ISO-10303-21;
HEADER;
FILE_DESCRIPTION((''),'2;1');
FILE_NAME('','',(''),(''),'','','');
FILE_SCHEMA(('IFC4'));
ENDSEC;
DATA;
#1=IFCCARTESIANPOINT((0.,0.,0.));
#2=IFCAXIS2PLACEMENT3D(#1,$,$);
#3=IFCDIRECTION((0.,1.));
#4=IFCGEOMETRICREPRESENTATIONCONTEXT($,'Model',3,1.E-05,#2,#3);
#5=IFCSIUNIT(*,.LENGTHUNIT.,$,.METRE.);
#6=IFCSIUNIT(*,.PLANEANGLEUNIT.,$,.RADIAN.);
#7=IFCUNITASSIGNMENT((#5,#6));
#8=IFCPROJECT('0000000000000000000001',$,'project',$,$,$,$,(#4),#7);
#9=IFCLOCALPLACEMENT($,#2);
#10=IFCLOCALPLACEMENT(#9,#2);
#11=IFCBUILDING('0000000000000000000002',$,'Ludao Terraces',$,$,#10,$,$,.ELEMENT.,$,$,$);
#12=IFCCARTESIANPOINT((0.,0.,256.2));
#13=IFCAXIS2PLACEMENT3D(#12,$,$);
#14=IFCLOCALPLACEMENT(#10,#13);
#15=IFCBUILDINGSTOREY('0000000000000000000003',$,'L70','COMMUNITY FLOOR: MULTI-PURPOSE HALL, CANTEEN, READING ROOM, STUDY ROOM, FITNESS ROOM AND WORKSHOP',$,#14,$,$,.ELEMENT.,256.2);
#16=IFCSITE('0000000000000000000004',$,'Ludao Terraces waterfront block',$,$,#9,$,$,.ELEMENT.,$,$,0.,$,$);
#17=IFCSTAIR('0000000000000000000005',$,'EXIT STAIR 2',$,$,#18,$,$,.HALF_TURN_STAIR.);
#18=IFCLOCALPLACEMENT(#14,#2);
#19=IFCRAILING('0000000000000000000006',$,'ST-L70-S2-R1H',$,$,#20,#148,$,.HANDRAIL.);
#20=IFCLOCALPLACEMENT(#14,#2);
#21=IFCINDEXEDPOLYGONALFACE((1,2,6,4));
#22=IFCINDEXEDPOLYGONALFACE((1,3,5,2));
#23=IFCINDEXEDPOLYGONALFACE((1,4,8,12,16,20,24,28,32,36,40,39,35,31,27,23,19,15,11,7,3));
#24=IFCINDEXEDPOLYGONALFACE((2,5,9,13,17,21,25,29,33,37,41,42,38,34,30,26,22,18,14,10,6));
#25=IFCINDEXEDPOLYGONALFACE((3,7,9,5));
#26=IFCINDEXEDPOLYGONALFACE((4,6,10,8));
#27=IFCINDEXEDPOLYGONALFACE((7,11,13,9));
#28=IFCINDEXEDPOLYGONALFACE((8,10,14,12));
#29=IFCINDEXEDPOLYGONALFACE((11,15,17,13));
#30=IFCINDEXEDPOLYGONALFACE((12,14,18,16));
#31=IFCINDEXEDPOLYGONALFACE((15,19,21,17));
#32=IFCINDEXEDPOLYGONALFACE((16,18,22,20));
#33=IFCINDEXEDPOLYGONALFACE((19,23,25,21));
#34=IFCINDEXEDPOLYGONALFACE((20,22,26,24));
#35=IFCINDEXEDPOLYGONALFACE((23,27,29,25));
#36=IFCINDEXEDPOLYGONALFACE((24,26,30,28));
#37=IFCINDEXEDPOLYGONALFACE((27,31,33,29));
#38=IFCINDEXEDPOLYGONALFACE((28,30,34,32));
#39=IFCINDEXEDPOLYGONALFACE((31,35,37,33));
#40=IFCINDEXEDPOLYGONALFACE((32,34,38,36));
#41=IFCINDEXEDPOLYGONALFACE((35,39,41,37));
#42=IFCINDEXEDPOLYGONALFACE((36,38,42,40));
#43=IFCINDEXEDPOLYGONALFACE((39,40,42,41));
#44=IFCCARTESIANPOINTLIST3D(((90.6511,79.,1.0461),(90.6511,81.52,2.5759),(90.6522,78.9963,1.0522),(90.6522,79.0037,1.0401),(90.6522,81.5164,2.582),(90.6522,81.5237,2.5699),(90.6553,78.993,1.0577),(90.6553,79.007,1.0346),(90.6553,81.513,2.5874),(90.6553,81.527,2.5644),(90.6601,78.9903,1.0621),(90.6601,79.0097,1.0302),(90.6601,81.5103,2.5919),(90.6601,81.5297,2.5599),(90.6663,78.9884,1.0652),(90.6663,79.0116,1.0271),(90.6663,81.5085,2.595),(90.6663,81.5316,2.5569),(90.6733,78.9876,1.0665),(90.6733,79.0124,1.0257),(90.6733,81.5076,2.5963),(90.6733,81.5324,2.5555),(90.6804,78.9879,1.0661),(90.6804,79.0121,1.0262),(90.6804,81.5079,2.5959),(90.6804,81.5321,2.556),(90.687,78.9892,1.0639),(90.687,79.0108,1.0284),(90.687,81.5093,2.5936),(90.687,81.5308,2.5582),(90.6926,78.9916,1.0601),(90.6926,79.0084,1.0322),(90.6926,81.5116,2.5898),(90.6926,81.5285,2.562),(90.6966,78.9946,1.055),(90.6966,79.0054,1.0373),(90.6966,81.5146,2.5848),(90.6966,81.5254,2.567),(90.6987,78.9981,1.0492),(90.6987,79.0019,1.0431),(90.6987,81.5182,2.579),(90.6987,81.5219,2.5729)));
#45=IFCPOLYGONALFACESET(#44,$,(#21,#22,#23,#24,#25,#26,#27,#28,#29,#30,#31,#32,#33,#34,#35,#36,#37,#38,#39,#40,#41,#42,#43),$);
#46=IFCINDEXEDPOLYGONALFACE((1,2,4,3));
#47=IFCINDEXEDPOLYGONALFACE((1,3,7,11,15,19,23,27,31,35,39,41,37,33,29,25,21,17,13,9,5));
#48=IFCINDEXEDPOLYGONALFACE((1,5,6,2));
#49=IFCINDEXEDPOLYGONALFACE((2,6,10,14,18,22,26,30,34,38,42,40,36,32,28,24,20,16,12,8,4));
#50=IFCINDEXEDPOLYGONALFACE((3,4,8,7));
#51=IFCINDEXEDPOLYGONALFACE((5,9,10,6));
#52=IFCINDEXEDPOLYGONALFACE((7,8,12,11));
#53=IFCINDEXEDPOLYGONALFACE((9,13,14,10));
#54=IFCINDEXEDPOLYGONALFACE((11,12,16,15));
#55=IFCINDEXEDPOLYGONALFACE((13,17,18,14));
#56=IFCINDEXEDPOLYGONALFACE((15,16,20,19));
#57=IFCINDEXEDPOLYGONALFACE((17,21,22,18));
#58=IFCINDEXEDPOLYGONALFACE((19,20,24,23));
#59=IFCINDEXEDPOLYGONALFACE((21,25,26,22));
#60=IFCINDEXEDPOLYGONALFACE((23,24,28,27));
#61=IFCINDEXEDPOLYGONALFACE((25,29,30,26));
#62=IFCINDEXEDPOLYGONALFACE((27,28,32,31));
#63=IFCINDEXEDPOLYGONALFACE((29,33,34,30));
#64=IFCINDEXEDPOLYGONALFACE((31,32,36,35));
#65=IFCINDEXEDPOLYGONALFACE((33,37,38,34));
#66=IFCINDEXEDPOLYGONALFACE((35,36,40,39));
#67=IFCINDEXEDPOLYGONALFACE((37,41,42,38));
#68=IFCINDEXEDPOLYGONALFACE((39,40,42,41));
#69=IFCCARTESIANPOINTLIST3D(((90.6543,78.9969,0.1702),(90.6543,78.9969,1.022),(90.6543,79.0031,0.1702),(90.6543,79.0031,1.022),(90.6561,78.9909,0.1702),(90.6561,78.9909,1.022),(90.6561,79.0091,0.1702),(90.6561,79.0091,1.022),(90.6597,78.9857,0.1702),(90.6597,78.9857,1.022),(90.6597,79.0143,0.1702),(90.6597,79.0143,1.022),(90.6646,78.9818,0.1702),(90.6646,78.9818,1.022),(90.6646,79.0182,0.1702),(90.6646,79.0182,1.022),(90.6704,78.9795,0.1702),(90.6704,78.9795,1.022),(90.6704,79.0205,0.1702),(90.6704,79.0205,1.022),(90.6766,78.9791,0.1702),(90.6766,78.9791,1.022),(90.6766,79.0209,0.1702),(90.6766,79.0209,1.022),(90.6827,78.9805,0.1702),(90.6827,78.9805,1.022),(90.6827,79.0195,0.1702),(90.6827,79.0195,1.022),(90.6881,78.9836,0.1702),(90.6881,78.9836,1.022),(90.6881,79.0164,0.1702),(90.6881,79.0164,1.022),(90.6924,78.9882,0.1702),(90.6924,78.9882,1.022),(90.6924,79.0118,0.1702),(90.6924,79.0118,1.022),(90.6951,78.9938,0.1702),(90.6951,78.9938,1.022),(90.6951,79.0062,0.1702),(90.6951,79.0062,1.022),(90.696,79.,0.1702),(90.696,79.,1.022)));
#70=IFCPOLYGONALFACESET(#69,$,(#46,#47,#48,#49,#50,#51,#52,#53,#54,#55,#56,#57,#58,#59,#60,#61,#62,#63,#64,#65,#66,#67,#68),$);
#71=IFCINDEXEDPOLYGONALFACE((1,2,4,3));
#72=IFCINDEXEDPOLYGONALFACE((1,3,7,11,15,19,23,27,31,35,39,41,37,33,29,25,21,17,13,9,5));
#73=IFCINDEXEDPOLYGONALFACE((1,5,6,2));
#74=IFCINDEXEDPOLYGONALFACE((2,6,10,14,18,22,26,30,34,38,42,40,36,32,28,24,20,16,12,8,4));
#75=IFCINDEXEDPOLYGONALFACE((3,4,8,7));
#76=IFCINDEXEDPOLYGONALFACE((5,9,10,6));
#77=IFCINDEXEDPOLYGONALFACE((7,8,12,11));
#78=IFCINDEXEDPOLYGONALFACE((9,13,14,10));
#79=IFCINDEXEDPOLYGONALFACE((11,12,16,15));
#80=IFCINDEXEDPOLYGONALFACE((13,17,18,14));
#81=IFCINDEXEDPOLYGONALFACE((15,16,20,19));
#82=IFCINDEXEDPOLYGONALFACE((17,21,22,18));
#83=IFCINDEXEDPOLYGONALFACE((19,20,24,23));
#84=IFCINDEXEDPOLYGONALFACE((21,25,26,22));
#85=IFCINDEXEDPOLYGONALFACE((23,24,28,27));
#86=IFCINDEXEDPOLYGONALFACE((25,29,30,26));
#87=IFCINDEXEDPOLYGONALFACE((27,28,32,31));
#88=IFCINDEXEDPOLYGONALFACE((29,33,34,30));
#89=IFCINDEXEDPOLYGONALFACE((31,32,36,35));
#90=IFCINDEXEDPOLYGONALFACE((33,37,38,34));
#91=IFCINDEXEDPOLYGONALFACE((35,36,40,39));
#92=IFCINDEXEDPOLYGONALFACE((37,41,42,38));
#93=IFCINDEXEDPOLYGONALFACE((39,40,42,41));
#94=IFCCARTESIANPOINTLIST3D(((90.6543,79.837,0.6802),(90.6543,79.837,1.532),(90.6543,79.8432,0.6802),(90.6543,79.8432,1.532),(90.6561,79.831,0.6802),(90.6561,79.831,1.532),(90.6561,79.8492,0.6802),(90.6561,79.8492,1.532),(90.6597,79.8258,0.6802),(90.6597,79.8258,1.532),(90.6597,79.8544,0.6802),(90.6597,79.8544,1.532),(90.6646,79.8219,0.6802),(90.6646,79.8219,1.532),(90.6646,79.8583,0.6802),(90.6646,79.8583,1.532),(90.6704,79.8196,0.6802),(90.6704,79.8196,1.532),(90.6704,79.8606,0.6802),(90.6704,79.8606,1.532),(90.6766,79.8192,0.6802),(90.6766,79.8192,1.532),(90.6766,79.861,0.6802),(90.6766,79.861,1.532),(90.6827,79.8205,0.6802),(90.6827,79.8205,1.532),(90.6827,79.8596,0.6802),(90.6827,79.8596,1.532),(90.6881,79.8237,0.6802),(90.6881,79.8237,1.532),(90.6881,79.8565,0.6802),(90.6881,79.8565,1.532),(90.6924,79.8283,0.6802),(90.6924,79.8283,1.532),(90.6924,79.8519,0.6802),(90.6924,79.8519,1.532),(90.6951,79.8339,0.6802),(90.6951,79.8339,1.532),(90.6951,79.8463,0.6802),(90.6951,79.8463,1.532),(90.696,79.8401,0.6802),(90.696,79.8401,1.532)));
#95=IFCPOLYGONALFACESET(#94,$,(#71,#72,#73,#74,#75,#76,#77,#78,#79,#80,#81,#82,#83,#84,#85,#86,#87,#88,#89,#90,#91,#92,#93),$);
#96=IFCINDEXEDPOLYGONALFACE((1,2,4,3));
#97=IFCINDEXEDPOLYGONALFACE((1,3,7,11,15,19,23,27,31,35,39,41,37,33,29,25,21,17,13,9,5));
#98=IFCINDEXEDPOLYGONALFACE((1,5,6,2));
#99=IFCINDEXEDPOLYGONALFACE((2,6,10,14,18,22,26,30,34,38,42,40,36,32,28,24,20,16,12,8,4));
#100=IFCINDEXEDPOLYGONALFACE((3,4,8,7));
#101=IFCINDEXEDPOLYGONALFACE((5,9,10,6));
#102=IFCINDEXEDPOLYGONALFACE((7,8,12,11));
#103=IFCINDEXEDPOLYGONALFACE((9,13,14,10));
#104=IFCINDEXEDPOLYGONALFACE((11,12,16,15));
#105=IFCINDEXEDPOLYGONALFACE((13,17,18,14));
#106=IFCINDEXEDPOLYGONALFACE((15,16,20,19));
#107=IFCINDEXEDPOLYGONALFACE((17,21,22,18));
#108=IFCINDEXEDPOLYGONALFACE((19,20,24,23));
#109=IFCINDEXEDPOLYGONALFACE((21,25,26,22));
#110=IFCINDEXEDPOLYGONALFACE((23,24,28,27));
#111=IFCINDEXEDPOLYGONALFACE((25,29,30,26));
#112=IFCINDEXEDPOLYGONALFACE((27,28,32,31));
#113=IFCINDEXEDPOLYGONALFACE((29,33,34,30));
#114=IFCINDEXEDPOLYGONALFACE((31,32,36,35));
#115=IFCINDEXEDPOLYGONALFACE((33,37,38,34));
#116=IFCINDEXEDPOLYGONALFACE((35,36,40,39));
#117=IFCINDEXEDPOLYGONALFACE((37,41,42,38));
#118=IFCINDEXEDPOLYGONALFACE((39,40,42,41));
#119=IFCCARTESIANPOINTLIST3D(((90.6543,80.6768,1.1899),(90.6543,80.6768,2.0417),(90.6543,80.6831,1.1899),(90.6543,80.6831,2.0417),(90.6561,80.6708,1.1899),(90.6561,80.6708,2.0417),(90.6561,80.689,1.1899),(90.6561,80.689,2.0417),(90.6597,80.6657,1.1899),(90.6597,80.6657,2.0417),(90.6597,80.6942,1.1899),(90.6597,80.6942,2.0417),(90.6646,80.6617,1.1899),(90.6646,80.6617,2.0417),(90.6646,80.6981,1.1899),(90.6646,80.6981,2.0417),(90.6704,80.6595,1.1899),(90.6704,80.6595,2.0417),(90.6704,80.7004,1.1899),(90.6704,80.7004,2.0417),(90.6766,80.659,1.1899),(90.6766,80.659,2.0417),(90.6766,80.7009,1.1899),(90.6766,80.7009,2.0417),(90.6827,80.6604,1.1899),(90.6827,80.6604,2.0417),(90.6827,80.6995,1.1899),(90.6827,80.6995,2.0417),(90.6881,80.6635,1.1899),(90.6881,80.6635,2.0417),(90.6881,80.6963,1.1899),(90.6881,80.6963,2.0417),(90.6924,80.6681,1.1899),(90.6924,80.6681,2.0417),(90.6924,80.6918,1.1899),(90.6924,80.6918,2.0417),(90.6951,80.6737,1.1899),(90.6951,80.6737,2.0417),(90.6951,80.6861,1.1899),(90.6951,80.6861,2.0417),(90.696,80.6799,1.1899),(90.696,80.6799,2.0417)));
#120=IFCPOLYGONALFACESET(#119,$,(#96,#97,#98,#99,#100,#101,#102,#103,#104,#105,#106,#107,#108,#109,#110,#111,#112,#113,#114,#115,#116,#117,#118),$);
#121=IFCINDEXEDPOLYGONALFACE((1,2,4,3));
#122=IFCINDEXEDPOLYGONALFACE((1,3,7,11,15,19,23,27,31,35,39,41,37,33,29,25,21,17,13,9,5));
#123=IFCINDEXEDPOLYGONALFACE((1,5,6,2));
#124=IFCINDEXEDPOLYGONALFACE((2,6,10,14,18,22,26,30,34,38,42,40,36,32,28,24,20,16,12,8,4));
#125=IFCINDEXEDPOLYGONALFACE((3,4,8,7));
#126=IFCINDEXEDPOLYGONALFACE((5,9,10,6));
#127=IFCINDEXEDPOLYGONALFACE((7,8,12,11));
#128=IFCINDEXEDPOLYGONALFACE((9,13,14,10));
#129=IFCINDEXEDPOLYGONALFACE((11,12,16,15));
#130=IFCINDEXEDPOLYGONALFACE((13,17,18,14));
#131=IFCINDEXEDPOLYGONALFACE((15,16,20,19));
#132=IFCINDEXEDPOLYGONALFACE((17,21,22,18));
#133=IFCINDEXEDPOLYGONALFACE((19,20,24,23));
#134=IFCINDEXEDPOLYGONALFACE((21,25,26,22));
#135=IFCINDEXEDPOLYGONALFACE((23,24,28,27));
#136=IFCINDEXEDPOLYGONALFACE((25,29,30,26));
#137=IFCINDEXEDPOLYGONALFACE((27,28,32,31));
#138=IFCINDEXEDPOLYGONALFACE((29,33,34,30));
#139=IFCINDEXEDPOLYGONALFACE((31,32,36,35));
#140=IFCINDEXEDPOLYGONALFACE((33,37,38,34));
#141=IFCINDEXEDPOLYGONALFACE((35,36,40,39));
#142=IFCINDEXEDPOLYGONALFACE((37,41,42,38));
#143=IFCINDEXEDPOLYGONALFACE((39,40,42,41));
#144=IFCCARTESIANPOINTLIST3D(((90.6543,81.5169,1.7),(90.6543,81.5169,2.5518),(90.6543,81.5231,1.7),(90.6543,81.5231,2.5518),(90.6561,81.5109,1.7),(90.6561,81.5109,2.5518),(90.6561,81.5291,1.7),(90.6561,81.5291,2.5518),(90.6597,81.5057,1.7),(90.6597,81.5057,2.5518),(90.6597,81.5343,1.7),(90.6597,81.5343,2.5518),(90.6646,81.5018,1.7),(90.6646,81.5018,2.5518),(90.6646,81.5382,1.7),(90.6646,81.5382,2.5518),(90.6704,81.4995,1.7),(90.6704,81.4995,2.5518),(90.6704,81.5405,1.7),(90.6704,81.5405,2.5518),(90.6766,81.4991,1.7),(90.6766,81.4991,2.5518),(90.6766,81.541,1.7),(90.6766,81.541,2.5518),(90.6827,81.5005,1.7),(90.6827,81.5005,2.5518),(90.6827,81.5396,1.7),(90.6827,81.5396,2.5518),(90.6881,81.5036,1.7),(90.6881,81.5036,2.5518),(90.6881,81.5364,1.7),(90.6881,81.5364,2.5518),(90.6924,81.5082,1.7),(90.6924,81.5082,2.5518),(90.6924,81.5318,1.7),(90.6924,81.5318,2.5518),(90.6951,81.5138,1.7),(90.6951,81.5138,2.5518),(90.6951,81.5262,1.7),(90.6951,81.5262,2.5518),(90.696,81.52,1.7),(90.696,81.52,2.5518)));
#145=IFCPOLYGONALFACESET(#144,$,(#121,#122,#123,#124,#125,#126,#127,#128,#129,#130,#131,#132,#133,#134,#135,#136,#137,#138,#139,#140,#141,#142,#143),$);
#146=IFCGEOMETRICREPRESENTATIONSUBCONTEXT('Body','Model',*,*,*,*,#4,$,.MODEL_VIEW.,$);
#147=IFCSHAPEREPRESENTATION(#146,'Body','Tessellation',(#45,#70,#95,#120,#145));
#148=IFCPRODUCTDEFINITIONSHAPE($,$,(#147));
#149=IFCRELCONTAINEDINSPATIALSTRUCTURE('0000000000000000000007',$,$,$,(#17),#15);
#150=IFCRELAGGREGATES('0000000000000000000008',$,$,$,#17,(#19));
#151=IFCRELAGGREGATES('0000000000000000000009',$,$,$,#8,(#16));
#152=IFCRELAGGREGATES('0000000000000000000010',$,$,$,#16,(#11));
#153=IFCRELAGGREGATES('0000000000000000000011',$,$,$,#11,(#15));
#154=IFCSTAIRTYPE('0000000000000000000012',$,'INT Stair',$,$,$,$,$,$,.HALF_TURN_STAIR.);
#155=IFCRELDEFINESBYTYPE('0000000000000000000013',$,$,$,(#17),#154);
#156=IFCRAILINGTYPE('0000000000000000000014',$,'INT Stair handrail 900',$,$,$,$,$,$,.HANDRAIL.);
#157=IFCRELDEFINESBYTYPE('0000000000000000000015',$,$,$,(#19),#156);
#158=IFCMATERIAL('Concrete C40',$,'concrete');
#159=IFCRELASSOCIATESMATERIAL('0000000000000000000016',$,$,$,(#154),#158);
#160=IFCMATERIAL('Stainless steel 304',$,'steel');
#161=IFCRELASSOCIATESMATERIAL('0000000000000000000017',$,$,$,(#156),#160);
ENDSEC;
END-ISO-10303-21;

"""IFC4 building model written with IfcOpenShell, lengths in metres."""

from ifc_helpers import new_model, si_unit, direction, frame, origin, origin_2d, place, context, subcontext, project, spatial, circle, extrude, material, type_object, element, aggregate, save


model = new_model("IFC4")

# Units and contexts
model_context = context("Model", 3, precision=1e-05, world=origin(), true_north=direction((0.0, 1.0)))
body_context = subcontext(model_context, "Body", "Model", "MODEL_VIEW")
ifc_project = project(units=[si_unit("LENGTHUNIT", "METRE"), si_unit("PLANEANGLEUNIT", "RADIAN")], contexts=[model_context])

# Site, building, storey
site_placement = place(None, origin())
site = spatial("IfcSite", under=ifc_project, at=site_placement, Name="Ludao Terraces waterfront block", CompositionType="ELEMENT", RefElevation=0.0)
building_placement = place(site_placement, origin())
building = spatial("IfcBuilding", under=site, at=building_placement, Name="Ludao Terraces", CompositionType="ELEMENT")
storey_placement = place(building_placement, frame((0.0, 0.0, 256.2)))
storey = spatial("IfcBuildingStorey", under=building, at=storey_placement, Name="L70", Description="COMMUNITY FLOOR: MULTI-PURPOSE HALL, CANTEEN, READING ROOM, STUDY ROOM, FITNESS ROOM AND WORKSHOP", CompositionType="ELEMENT", Elevation=256.2)

# Shared definitions
ifc_material_1 = material(Name="Concrete C40", Category="concrete")

# Shared definitions
ifc_material_2 = material(Name="Stainless steel 304", Category="steel")

# Stair, railing
stair_type = type_object("IfcStairType", Name="INT Stair", PredefinedType="HALF_TURN_STAIR", material=ifc_material_1)
stair_placement = place(storey_placement, origin())
stair = element("IfcStair", 1, at=stair_placement, inside=storey, type_object=stair_type, Name="EXIT STAIR 2", PredefinedType="HALF_TURN_STAIR")
railing_type_1 = type_object("IfcRailingType", Name="INT Stair handrail 900", PredefinedType="HANDRAIL", material=ifc_material_2)
railing_1_placement = place(storey_placement, frame((90.675, 79.0, 0.1702)))
railing_1 = element("IfcRailing", 2, at=railing_1_placement, type_object=railing_type_1, Name="ST-L70-S2-R1H", PredefinedType="HANDRAIL", context=body_context, shape_type="SweptSolid", body=[
    extrude(circle(Radius=0.0239, at=origin_2d()), frame((0.0, 0.0, 0.876), z_axis=(0.0, 0.854822, 0.518922), x_axis=(-1.0, 0.0, 0.0)), (0.0, 0.0, 1.0), 2.948),
    extrude(circle(Radius=0.021, at=origin_2d()), origin(), (0.0, 0.0, 1.0), 0.8518),
    extrude(circle(Radius=0.021, at=origin_2d()), frame((0.0, 0.8401, 0.51)), (0.0, 0.0, 1.0), 0.8518),
    extrude(circle(Radius=0.021, at=origin_2d()), frame((0.0, 1.6799, 1.0198)), (0.0, 0.0, 1.0), 0.8518),
    extrude(circle(Radius=0.021, at=origin_2d()), frame((0.0, 2.52, 1.5298)), (0.0, 0.0, 1.0), 0.8518),
])
aggregate(stair, [railing_1])

save(model, "model.ifc")
